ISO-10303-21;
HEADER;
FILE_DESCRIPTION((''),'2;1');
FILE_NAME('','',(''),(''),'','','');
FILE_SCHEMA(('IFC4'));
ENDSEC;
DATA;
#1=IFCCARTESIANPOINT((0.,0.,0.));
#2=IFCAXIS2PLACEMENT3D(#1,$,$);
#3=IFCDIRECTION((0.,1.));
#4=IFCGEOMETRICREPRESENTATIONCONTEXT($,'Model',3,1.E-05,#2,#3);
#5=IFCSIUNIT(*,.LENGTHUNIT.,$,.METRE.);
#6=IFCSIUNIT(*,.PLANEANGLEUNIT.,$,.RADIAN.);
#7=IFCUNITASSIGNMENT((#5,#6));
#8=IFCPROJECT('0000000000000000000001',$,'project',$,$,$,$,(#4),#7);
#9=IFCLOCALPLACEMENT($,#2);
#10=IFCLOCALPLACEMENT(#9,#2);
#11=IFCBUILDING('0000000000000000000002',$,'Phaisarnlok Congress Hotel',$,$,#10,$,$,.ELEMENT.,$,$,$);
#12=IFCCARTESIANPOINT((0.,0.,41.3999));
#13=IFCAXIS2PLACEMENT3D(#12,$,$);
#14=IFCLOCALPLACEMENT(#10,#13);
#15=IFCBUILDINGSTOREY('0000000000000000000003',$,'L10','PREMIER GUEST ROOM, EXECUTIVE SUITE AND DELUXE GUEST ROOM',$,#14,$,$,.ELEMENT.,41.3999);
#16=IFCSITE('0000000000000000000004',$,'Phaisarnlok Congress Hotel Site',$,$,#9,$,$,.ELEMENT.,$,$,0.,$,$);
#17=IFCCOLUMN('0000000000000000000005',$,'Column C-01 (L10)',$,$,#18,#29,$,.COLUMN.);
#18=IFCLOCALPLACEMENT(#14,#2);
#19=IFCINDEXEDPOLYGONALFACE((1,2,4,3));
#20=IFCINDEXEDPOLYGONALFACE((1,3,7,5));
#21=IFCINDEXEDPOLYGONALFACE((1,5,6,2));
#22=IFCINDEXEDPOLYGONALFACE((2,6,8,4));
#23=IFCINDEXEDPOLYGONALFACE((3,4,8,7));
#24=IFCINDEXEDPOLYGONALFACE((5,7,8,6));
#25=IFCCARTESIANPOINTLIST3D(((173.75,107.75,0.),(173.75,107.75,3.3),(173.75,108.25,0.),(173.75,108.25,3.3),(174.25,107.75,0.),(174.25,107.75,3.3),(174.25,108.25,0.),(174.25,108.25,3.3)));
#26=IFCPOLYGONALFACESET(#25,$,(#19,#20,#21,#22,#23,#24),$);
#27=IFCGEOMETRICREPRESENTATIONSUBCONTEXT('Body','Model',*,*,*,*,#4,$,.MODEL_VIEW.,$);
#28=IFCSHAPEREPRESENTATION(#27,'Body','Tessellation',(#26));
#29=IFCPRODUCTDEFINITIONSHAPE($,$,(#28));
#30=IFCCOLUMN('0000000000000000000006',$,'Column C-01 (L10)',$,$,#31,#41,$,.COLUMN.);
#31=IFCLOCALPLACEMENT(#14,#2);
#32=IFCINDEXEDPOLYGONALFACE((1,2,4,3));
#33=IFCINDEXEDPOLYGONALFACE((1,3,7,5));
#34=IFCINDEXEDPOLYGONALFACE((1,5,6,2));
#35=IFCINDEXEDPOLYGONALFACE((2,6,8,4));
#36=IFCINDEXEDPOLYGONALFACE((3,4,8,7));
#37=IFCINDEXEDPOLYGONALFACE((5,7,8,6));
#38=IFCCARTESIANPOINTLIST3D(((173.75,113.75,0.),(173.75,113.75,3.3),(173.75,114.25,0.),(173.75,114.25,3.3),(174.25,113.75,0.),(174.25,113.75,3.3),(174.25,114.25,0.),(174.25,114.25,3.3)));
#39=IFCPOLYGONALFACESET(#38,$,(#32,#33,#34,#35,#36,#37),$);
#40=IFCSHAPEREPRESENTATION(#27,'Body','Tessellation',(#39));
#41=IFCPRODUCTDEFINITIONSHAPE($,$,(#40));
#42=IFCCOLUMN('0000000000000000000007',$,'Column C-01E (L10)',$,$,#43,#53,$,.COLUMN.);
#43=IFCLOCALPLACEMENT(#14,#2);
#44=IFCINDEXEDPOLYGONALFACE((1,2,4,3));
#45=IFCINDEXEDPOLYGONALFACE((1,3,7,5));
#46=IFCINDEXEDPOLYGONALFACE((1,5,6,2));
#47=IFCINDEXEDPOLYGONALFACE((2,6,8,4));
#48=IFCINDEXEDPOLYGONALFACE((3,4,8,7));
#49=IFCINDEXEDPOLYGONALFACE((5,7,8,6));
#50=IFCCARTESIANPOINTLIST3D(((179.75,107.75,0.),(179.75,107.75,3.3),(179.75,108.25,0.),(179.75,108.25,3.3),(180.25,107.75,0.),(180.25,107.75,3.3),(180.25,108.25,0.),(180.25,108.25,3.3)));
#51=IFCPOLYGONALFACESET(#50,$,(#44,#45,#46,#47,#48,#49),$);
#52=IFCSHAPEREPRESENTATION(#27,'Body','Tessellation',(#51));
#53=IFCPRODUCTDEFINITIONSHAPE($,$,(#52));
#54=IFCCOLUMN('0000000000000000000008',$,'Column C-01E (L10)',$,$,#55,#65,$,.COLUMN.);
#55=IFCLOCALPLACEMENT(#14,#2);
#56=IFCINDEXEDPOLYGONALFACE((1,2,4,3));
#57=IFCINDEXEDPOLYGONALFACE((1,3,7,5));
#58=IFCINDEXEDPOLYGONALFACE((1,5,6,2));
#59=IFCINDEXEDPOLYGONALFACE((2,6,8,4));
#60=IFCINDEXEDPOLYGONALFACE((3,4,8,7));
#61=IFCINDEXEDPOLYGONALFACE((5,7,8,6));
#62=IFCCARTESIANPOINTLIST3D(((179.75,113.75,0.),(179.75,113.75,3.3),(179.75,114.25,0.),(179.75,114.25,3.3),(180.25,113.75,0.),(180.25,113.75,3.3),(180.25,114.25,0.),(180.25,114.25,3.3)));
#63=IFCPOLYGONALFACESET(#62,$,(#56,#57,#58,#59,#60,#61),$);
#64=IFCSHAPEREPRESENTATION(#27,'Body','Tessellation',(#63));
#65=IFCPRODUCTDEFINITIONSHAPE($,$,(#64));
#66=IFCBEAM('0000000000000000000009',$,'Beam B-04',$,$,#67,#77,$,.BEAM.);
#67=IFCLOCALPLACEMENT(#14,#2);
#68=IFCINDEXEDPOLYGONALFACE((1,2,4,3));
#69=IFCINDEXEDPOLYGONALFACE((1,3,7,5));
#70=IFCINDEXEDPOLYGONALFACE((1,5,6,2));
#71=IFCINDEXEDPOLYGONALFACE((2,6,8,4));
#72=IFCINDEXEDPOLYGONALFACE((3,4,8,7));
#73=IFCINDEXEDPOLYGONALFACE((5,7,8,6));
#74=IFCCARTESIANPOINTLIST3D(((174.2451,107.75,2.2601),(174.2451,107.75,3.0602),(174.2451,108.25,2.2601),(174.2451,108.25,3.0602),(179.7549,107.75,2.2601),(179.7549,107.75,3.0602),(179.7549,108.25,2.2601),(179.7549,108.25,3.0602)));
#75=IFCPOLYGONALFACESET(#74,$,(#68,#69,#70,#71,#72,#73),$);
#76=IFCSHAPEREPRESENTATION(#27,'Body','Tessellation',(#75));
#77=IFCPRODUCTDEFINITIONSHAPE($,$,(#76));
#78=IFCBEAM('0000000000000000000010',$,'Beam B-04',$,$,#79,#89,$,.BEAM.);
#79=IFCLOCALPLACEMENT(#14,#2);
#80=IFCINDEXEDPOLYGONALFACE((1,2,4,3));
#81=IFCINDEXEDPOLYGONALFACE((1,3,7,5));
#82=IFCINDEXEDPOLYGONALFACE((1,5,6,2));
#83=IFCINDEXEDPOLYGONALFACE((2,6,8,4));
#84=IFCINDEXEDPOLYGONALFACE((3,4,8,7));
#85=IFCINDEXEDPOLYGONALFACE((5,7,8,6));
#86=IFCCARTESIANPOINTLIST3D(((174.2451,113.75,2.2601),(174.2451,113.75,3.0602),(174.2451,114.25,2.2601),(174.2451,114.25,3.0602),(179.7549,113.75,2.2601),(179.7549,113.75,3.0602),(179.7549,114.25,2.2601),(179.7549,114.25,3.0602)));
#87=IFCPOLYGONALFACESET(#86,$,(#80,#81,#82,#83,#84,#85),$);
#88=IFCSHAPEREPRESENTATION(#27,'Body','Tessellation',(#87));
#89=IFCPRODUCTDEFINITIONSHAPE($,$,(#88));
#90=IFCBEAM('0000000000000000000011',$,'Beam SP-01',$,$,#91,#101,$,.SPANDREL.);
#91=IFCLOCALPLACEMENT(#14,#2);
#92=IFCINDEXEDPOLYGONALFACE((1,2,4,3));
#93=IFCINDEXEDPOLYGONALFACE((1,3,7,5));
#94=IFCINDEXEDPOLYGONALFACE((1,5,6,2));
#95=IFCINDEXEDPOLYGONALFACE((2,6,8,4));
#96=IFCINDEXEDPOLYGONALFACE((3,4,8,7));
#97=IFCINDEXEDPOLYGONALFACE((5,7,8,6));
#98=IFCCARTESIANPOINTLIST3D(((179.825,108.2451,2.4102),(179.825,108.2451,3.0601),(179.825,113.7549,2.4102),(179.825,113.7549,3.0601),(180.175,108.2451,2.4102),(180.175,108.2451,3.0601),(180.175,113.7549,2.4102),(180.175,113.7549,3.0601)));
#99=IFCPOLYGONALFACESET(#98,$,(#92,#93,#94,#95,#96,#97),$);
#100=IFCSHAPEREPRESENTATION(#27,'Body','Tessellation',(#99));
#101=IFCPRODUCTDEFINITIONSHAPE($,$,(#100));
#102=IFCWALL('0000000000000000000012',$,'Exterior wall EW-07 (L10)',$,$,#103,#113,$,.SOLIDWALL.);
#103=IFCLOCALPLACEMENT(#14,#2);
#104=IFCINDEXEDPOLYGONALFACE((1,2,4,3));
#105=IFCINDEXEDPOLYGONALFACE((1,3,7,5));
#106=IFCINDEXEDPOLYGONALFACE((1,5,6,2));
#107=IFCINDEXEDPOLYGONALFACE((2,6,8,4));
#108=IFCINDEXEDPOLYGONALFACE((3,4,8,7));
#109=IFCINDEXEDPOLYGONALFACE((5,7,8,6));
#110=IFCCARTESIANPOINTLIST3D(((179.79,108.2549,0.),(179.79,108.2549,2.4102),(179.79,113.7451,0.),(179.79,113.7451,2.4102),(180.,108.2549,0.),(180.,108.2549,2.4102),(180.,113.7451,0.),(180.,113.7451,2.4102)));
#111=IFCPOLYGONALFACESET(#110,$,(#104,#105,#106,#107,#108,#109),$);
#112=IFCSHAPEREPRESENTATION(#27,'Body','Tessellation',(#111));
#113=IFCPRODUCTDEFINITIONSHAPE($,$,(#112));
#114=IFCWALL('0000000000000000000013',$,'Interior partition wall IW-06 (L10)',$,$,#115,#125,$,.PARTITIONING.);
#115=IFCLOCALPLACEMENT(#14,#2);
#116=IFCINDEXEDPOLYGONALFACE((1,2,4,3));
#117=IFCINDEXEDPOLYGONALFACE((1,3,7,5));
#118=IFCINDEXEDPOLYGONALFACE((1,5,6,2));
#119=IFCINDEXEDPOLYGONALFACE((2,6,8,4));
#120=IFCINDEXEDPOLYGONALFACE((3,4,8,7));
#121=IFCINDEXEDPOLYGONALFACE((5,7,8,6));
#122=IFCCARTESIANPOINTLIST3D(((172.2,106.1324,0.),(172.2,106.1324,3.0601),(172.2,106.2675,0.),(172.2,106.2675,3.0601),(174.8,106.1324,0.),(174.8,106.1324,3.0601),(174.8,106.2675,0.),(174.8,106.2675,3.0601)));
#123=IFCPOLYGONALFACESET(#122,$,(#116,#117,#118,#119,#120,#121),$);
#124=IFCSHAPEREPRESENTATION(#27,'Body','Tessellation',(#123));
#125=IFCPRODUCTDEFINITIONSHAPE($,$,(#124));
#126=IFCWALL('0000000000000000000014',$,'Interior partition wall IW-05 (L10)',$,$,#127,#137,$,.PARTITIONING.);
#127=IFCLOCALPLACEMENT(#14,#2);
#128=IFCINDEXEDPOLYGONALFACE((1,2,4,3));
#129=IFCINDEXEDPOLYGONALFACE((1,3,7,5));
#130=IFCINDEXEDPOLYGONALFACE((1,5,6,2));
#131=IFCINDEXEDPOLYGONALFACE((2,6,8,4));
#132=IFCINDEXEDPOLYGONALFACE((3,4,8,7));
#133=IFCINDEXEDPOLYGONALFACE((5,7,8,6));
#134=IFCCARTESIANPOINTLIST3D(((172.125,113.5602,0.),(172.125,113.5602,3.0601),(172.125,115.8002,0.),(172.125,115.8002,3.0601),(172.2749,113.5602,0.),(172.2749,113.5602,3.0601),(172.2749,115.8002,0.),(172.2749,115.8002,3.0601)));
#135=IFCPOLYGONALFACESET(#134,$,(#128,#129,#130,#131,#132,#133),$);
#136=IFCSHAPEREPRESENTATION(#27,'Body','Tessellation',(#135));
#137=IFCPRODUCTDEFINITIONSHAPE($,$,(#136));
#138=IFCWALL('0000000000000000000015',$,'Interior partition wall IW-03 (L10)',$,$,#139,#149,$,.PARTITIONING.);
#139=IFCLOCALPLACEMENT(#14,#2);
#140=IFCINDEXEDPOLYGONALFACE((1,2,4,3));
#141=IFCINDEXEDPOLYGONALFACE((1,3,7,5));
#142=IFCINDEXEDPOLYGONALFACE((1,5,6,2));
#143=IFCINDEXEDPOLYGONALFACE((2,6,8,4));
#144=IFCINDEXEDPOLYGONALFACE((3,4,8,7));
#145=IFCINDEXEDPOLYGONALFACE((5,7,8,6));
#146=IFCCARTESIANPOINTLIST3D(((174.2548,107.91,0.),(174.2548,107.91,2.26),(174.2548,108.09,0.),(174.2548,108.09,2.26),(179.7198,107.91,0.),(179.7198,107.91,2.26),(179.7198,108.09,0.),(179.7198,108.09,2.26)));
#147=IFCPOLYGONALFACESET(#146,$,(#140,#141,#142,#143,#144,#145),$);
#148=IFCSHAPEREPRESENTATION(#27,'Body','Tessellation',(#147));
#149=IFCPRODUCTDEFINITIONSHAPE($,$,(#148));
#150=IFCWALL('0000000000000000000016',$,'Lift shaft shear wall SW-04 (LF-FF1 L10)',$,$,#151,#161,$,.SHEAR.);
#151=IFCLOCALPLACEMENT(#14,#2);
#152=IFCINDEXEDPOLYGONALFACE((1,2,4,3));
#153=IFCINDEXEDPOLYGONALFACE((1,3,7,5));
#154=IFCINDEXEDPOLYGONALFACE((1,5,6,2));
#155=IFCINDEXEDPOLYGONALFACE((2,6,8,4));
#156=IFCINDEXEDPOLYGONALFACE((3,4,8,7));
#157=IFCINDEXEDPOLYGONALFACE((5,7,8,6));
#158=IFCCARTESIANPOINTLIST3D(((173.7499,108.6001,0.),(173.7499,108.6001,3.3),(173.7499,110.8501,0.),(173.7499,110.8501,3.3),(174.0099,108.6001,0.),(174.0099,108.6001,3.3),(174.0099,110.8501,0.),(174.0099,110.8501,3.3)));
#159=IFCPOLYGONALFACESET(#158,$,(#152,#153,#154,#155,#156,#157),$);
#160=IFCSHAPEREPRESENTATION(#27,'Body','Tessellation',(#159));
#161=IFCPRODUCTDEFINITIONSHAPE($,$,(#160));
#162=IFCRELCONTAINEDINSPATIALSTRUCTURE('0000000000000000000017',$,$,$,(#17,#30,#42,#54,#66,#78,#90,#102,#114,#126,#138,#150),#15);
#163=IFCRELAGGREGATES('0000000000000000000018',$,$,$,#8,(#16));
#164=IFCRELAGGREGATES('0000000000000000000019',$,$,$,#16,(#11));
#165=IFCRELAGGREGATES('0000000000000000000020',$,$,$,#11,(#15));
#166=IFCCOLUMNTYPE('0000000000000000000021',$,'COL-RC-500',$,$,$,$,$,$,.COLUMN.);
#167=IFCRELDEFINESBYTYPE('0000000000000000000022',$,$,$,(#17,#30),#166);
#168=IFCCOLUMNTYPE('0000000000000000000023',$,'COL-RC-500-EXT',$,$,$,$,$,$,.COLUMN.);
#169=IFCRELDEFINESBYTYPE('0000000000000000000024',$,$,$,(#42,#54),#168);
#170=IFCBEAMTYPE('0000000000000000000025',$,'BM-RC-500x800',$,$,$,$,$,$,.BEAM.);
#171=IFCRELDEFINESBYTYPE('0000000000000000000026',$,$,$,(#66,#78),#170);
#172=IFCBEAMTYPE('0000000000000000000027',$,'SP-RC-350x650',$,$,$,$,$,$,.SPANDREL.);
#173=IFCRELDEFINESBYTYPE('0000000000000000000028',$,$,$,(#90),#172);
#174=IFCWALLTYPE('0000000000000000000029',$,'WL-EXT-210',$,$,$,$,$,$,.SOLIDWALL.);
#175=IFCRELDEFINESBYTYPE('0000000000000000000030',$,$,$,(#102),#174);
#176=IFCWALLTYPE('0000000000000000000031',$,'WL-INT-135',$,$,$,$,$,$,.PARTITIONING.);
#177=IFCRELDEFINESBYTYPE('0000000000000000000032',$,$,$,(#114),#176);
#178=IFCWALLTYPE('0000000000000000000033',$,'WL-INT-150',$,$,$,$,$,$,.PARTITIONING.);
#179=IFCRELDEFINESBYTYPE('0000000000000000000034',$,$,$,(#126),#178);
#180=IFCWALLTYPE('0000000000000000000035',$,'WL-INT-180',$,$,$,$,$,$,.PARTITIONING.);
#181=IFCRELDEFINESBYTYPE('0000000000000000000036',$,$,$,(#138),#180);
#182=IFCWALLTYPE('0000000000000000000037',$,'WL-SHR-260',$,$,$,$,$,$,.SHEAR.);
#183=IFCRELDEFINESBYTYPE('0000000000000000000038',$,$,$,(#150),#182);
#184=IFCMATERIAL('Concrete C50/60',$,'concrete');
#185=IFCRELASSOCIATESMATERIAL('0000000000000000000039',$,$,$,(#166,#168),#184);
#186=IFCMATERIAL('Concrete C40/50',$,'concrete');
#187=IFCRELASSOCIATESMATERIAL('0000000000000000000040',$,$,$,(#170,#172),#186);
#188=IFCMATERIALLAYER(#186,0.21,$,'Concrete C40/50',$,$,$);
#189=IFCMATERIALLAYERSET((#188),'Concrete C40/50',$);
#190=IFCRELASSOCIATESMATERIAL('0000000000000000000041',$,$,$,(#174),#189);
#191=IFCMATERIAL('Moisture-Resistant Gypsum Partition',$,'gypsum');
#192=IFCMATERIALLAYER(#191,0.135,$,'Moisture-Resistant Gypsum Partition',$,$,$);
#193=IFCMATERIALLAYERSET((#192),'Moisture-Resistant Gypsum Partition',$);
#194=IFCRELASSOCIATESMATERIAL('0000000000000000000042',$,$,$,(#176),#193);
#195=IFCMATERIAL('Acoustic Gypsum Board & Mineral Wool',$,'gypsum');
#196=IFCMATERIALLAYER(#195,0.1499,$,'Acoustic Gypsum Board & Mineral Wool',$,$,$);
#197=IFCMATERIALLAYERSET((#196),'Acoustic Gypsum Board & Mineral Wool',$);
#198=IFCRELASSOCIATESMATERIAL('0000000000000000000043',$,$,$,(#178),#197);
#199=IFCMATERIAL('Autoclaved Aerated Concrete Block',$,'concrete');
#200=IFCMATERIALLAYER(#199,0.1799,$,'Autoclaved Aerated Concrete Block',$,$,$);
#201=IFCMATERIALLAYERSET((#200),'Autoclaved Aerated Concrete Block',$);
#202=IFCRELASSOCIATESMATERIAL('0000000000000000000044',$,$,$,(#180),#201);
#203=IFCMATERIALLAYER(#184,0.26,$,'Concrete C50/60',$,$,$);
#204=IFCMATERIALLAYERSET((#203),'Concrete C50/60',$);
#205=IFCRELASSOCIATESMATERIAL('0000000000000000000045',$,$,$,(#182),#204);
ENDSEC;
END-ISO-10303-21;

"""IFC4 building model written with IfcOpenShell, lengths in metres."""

from ifc_helpers import new_model, si_unit, direction, frame, frame_2d, origin, origin_2d, place, context, subcontext, project, spatial, rectangle, extrude, material, layer, layer_set, material_profile, profile_set, type_object, element, save


model = new_model("IFC4")

# Units and contexts
model_context = context("Model", 3, precision=1e-05, world=origin(), true_north=direction((0.0, 1.0)))
body_context = subcontext(model_context, "Body", "Model", "MODEL_VIEW")
ifc_project = project(units=[si_unit("LENGTHUNIT", "METRE"), si_unit("PLANEANGLEUNIT", "RADIAN")], contexts=[model_context])

# Site, building, storey
site_placement = place(None, origin())
site = spatial("IfcSite", under=ifc_project, at=site_placement, Name="Phaisarnlok Congress Hotel Site", CompositionType="ELEMENT", RefElevation=0.0)
building_placement = place(site_placement, origin())
building = spatial("IfcBuilding", under=site, at=building_placement, Name="Phaisarnlok Congress Hotel", CompositionType="ELEMENT")
storey_placement = place(building_placement, frame((0.0, 0.0, 41.3999)))
storey = spatial("IfcBuildingStorey", under=building, at=storey_placement, Name="L10", Description="PREMIER GUEST ROOM, EXECUTIVE SUITE AND DELUXE GUEST ROOM", CompositionType="ELEMENT", Elevation=41.3999)

# Columns
ifc_material_1 = material(Name="Concrete C50/60", Category="concrete")
ifc_material_profile_1 = material_profile(ifc_material_1, rectangle(XDim=0.5, YDim=0.5, at=origin_2d()), Name="RC 500x500")
ifc_profile_set_1 = profile_set([ifc_material_profile_1], Name="Concrete C50/60")
column_type_1 = type_object("IfcColumnType", Name="COL-RC-500", PredefinedType="COLUMN", material=ifc_profile_set_1)
for number, where, z_axis, x_axis, name in (
    (1, (174.0, 108.0, 0.0), (0.0, 0.0, 1.0), (1.0, 0.0, 0.0), "Column C-01 (L10)"),
    (2, (174.0, 114.0, 0.0), (0.0, 0.0, 1.0), (1.0, 0.0, 0.0), "Column C-01 (L10)"),
):
    element("IfcColumn", number, at=place(storey_placement, frame(where, z_axis=z_axis, x_axis=x_axis)), inside=storey, type_object=column_type_1, Name=name, PredefinedType="COLUMN", context=body_context, shape_type="SweptSolid", body=[
        extrude(rectangle(XDim=0.5, YDim=0.5, at=origin_2d()), origin(), (0.0, 0.0, 1.0), 3.3),
    ])
ifc_material_profile_2 = material_profile(ifc_material_1, rectangle(XDim=0.5, YDim=0.5, at=origin_2d()), Name="RC 500x500")
ifc_profile_set_2 = profile_set([ifc_material_profile_2], Name="Concrete C50/60")
column_type_2 = type_object("IfcColumnType", Name="COL-RC-500-EXT", PredefinedType="COLUMN", material=ifc_profile_set_2)
for number, where, z_axis, x_axis, name in (
    (3, (180.0, 108.0, 0.0), (0.0, 0.0, 1.0), (1.0, 0.0, 0.0), "Column C-01E (L10)"),
    (4, (180.0, 114.0, 0.0), (0.0, 0.0, 1.0), (1.0, 0.0, 0.0), "Column C-01E (L10)"),
):
    element("IfcColumn", number, at=place(storey_placement, frame(where, z_axis=z_axis, x_axis=x_axis)), inside=storey, type_object=column_type_2, Name=name, PredefinedType="COLUMN", context=body_context, shape_type="SweptSolid", body=[
        extrude(rectangle(XDim=0.5, YDim=0.5, at=origin_2d()), origin(), (0.0, 0.0, 1.0), 3.3),
    ])

# Beams
ifc_material_2 = material(Name="Concrete C40/50", Category="concrete")
ifc_material_profile_3 = material_profile(ifc_material_2, rectangle(XDim=0.5, YDim=0.8, at=origin_2d()), Name="RC 500x800")
ifc_profile_set_3 = profile_set([ifc_material_profile_3], Name="Concrete C40/50")
beam_type_1 = type_object("IfcBeamType", Name="BM-RC-500x800", PredefinedType="BEAM", material=ifc_profile_set_3)
for number, where, z_axis, x_axis, name in (
    (5, (174.2451, 108.0, 2.6602), (1.0, 0.0, 0.0), (0.0, 1.0, 0.0), "Beam B-04"),
    (6, (174.2451, 114.0, 2.6602), (1.0, 0.0, 0.0), (0.0, 1.0, 0.0), "Beam B-04"),
):
    element("IfcBeam", number, at=place(storey_placement, frame(where, z_axis=z_axis, x_axis=x_axis)), inside=storey, type_object=beam_type_1, Name=name, PredefinedType="BEAM", context=body_context, shape_type="SweptSolid", body=[
        extrude(rectangle(XDim=0.5, YDim=0.8, at=origin_2d()), origin(), (0.0, 0.0, 1.0), 5.5098),
    ])
ifc_material_profile_4 = material_profile(ifc_material_2, rectangle(XDim=0.3501, YDim=0.6499, at=origin_2d()), Name="RC 350x650")
ifc_profile_set_4 = profile_set([ifc_material_profile_4], Name="Concrete C40/50")
beam_type_2 = type_object("IfcBeamType", Name="SP-RC-350x650", PredefinedType="SPANDREL", material=ifc_profile_set_4)
beam_placement = place(storey_placement, frame((180.0, 108.2451, 2.7351), z_axis=(0.0, 1.0, 0.0), x_axis=(-1.0, 0.0, 0.0)))
element("IfcBeam", 7, at=beam_placement, inside=storey, type_object=beam_type_2, Name="Beam SP-01", PredefinedType="SPANDREL", context=body_context, shape_type="SweptSolid", body=[
    extrude(rectangle(XDim=0.3501, YDim=0.6499, at=origin_2d()), origin(), (0.0, 0.0, 1.0), 5.5098),
])

# Walls
ifc_layer_1 = layer(ifc_material_2, 0.21, Name="Concrete C40/50")
ifc_layer_set_1 = layer_set([ifc_layer_1], Name="Concrete C40/50")
wall_type_1 = type_object("IfcWallType", Name="WL-EXT-210", PredefinedType="SOLIDWALL", material=ifc_layer_set_1)
wall_1_placement = place(storey_placement, frame((179.895, 108.2549, 0.0), z_axis=(0.0, 0.0, 1.0), x_axis=(0.0, 1.0, 0.0)))
element("IfcWall", 8, at=wall_1_placement, inside=storey, type_object=wall_type_1, Name="Exterior wall EW-07 (L10)", PredefinedType="SOLIDWALL", context=body_context, shape_type="SweptSolid", body=[
    extrude(rectangle(XDim=5.4902, YDim=0.21, at=frame_2d((2.7451, 0.0))), origin(), (0.0, 0.0, 1.0), 2.4102),
])
ifc_material_3 = material(Name="Moisture-Resistant Gypsum Partition", Category="gypsum")
ifc_layer_2 = layer(ifc_material_3, 0.135, Name="Moisture-Resistant Gypsum Partition")
ifc_layer_set_2 = layer_set([ifc_layer_2], Name="Moisture-Resistant Gypsum Partition")
wall_type_2 = type_object("IfcWallType", Name="WL-INT-135", PredefinedType="PARTITIONING", material=ifc_layer_set_2)
wall_2_placement = place(storey_placement, frame((172.2, 106.2, 0.0), z_axis=(0.0, 0.0, 1.0), x_axis=(1.0, 0.0, 0.0)))
element("IfcWall", 9, at=wall_2_placement, inside=storey, type_object=wall_type_2, Name="Interior partition wall IW-06 (L10)", PredefinedType="PARTITIONING", context=body_context, shape_type="SweptSolid", body=[
    extrude(rectangle(XDim=2.6001, YDim=0.135, at=frame_2d((1.3, 0.0))), origin(), (0.0, 0.0, 1.0), 3.0601),
])
ifc_material_4 = material(Name="Acoustic Gypsum Board & Mineral Wool", Category="gypsum")
ifc_layer_3 = layer(ifc_material_4, 0.1499, Name="Acoustic Gypsum Board & Mineral Wool")
ifc_layer_set_3 = layer_set([ifc_layer_3], Name="Acoustic Gypsum Board & Mineral Wool")
wall_type_3 = type_object("IfcWallType", Name="WL-INT-150", PredefinedType="PARTITIONING", material=ifc_layer_set_3)
wall_3_placement = place(storey_placement, frame((172.2, 113.5601, 0.0), z_axis=(0.0, 0.0, 1.0), x_axis=(0.0, 1.0, 0.0)))
element("IfcWall", 10, at=wall_3_placement, inside=storey, type_object=wall_type_3, Name="Interior partition wall IW-05 (L10)", PredefinedType="PARTITIONING", context=body_context, shape_type="SweptSolid", body=[
    extrude(rectangle(XDim=2.24, YDim=0.1499, at=frame_2d((1.1201, 0.0))), origin(), (0.0, 0.0, 1.0), 3.0601),
])
ifc_material_5 = material(Name="Autoclaved Aerated Concrete Block", Category="concrete")
ifc_layer_4 = layer(ifc_material_5, 0.1799, Name="Autoclaved Aerated Concrete Block")
ifc_layer_set_4 = layer_set([ifc_layer_4], Name="Autoclaved Aerated Concrete Block")
wall_type_4 = type_object("IfcWallType", Name="WL-INT-180", PredefinedType="PARTITIONING", material=ifc_layer_set_4)
wall_4_placement = place(storey_placement, frame((174.2549, 108.0, 0.0), z_axis=(0.0, 0.0, 1.0), x_axis=(1.0, 0.0, 0.0)))
element("IfcWall", 11, at=wall_4_placement, inside=storey, type_object=wall_type_4, Name="Interior partition wall IW-03 (L10)", PredefinedType="PARTITIONING", context=body_context, shape_type="SweptSolid", body=[
    extrude(rectangle(XDim=5.4651, YDim=0.1799, at=frame_2d((2.7324, 0.0))), origin(), (0.0, 0.0, 1.0), 2.26),
])
ifc_layer_5 = layer(ifc_material_1, 0.26, Name="Concrete C50/60")
ifc_layer_set_5 = layer_set([ifc_layer_5], Name="Concrete C50/60")
wall_type_5 = type_object("IfcWallType", Name="WL-SHR-260", PredefinedType="SHEAR", material=ifc_layer_set_5)
wall_5_placement = place(storey_placement, frame((173.8799, 108.6001, 0.0), z_axis=(0.0, 0.0, 1.0), x_axis=(0.0, 1.0, 0.0)))
element("IfcWall", 12, at=wall_5_placement, inside=storey, type_object=wall_type_5, Name="Lift shaft shear wall SW-04 (LF-FF1 L10)", PredefinedType="SHEAR", context=body_context, shape_type="SweptSolid", body=[
    extrude(rectangle(XDim=2.25, YDim=0.26, at=frame_2d((1.125, 0.0))), origin(), (0.0, 0.0, 1.0), 3.3),
])

save(model, "model.ifc")
